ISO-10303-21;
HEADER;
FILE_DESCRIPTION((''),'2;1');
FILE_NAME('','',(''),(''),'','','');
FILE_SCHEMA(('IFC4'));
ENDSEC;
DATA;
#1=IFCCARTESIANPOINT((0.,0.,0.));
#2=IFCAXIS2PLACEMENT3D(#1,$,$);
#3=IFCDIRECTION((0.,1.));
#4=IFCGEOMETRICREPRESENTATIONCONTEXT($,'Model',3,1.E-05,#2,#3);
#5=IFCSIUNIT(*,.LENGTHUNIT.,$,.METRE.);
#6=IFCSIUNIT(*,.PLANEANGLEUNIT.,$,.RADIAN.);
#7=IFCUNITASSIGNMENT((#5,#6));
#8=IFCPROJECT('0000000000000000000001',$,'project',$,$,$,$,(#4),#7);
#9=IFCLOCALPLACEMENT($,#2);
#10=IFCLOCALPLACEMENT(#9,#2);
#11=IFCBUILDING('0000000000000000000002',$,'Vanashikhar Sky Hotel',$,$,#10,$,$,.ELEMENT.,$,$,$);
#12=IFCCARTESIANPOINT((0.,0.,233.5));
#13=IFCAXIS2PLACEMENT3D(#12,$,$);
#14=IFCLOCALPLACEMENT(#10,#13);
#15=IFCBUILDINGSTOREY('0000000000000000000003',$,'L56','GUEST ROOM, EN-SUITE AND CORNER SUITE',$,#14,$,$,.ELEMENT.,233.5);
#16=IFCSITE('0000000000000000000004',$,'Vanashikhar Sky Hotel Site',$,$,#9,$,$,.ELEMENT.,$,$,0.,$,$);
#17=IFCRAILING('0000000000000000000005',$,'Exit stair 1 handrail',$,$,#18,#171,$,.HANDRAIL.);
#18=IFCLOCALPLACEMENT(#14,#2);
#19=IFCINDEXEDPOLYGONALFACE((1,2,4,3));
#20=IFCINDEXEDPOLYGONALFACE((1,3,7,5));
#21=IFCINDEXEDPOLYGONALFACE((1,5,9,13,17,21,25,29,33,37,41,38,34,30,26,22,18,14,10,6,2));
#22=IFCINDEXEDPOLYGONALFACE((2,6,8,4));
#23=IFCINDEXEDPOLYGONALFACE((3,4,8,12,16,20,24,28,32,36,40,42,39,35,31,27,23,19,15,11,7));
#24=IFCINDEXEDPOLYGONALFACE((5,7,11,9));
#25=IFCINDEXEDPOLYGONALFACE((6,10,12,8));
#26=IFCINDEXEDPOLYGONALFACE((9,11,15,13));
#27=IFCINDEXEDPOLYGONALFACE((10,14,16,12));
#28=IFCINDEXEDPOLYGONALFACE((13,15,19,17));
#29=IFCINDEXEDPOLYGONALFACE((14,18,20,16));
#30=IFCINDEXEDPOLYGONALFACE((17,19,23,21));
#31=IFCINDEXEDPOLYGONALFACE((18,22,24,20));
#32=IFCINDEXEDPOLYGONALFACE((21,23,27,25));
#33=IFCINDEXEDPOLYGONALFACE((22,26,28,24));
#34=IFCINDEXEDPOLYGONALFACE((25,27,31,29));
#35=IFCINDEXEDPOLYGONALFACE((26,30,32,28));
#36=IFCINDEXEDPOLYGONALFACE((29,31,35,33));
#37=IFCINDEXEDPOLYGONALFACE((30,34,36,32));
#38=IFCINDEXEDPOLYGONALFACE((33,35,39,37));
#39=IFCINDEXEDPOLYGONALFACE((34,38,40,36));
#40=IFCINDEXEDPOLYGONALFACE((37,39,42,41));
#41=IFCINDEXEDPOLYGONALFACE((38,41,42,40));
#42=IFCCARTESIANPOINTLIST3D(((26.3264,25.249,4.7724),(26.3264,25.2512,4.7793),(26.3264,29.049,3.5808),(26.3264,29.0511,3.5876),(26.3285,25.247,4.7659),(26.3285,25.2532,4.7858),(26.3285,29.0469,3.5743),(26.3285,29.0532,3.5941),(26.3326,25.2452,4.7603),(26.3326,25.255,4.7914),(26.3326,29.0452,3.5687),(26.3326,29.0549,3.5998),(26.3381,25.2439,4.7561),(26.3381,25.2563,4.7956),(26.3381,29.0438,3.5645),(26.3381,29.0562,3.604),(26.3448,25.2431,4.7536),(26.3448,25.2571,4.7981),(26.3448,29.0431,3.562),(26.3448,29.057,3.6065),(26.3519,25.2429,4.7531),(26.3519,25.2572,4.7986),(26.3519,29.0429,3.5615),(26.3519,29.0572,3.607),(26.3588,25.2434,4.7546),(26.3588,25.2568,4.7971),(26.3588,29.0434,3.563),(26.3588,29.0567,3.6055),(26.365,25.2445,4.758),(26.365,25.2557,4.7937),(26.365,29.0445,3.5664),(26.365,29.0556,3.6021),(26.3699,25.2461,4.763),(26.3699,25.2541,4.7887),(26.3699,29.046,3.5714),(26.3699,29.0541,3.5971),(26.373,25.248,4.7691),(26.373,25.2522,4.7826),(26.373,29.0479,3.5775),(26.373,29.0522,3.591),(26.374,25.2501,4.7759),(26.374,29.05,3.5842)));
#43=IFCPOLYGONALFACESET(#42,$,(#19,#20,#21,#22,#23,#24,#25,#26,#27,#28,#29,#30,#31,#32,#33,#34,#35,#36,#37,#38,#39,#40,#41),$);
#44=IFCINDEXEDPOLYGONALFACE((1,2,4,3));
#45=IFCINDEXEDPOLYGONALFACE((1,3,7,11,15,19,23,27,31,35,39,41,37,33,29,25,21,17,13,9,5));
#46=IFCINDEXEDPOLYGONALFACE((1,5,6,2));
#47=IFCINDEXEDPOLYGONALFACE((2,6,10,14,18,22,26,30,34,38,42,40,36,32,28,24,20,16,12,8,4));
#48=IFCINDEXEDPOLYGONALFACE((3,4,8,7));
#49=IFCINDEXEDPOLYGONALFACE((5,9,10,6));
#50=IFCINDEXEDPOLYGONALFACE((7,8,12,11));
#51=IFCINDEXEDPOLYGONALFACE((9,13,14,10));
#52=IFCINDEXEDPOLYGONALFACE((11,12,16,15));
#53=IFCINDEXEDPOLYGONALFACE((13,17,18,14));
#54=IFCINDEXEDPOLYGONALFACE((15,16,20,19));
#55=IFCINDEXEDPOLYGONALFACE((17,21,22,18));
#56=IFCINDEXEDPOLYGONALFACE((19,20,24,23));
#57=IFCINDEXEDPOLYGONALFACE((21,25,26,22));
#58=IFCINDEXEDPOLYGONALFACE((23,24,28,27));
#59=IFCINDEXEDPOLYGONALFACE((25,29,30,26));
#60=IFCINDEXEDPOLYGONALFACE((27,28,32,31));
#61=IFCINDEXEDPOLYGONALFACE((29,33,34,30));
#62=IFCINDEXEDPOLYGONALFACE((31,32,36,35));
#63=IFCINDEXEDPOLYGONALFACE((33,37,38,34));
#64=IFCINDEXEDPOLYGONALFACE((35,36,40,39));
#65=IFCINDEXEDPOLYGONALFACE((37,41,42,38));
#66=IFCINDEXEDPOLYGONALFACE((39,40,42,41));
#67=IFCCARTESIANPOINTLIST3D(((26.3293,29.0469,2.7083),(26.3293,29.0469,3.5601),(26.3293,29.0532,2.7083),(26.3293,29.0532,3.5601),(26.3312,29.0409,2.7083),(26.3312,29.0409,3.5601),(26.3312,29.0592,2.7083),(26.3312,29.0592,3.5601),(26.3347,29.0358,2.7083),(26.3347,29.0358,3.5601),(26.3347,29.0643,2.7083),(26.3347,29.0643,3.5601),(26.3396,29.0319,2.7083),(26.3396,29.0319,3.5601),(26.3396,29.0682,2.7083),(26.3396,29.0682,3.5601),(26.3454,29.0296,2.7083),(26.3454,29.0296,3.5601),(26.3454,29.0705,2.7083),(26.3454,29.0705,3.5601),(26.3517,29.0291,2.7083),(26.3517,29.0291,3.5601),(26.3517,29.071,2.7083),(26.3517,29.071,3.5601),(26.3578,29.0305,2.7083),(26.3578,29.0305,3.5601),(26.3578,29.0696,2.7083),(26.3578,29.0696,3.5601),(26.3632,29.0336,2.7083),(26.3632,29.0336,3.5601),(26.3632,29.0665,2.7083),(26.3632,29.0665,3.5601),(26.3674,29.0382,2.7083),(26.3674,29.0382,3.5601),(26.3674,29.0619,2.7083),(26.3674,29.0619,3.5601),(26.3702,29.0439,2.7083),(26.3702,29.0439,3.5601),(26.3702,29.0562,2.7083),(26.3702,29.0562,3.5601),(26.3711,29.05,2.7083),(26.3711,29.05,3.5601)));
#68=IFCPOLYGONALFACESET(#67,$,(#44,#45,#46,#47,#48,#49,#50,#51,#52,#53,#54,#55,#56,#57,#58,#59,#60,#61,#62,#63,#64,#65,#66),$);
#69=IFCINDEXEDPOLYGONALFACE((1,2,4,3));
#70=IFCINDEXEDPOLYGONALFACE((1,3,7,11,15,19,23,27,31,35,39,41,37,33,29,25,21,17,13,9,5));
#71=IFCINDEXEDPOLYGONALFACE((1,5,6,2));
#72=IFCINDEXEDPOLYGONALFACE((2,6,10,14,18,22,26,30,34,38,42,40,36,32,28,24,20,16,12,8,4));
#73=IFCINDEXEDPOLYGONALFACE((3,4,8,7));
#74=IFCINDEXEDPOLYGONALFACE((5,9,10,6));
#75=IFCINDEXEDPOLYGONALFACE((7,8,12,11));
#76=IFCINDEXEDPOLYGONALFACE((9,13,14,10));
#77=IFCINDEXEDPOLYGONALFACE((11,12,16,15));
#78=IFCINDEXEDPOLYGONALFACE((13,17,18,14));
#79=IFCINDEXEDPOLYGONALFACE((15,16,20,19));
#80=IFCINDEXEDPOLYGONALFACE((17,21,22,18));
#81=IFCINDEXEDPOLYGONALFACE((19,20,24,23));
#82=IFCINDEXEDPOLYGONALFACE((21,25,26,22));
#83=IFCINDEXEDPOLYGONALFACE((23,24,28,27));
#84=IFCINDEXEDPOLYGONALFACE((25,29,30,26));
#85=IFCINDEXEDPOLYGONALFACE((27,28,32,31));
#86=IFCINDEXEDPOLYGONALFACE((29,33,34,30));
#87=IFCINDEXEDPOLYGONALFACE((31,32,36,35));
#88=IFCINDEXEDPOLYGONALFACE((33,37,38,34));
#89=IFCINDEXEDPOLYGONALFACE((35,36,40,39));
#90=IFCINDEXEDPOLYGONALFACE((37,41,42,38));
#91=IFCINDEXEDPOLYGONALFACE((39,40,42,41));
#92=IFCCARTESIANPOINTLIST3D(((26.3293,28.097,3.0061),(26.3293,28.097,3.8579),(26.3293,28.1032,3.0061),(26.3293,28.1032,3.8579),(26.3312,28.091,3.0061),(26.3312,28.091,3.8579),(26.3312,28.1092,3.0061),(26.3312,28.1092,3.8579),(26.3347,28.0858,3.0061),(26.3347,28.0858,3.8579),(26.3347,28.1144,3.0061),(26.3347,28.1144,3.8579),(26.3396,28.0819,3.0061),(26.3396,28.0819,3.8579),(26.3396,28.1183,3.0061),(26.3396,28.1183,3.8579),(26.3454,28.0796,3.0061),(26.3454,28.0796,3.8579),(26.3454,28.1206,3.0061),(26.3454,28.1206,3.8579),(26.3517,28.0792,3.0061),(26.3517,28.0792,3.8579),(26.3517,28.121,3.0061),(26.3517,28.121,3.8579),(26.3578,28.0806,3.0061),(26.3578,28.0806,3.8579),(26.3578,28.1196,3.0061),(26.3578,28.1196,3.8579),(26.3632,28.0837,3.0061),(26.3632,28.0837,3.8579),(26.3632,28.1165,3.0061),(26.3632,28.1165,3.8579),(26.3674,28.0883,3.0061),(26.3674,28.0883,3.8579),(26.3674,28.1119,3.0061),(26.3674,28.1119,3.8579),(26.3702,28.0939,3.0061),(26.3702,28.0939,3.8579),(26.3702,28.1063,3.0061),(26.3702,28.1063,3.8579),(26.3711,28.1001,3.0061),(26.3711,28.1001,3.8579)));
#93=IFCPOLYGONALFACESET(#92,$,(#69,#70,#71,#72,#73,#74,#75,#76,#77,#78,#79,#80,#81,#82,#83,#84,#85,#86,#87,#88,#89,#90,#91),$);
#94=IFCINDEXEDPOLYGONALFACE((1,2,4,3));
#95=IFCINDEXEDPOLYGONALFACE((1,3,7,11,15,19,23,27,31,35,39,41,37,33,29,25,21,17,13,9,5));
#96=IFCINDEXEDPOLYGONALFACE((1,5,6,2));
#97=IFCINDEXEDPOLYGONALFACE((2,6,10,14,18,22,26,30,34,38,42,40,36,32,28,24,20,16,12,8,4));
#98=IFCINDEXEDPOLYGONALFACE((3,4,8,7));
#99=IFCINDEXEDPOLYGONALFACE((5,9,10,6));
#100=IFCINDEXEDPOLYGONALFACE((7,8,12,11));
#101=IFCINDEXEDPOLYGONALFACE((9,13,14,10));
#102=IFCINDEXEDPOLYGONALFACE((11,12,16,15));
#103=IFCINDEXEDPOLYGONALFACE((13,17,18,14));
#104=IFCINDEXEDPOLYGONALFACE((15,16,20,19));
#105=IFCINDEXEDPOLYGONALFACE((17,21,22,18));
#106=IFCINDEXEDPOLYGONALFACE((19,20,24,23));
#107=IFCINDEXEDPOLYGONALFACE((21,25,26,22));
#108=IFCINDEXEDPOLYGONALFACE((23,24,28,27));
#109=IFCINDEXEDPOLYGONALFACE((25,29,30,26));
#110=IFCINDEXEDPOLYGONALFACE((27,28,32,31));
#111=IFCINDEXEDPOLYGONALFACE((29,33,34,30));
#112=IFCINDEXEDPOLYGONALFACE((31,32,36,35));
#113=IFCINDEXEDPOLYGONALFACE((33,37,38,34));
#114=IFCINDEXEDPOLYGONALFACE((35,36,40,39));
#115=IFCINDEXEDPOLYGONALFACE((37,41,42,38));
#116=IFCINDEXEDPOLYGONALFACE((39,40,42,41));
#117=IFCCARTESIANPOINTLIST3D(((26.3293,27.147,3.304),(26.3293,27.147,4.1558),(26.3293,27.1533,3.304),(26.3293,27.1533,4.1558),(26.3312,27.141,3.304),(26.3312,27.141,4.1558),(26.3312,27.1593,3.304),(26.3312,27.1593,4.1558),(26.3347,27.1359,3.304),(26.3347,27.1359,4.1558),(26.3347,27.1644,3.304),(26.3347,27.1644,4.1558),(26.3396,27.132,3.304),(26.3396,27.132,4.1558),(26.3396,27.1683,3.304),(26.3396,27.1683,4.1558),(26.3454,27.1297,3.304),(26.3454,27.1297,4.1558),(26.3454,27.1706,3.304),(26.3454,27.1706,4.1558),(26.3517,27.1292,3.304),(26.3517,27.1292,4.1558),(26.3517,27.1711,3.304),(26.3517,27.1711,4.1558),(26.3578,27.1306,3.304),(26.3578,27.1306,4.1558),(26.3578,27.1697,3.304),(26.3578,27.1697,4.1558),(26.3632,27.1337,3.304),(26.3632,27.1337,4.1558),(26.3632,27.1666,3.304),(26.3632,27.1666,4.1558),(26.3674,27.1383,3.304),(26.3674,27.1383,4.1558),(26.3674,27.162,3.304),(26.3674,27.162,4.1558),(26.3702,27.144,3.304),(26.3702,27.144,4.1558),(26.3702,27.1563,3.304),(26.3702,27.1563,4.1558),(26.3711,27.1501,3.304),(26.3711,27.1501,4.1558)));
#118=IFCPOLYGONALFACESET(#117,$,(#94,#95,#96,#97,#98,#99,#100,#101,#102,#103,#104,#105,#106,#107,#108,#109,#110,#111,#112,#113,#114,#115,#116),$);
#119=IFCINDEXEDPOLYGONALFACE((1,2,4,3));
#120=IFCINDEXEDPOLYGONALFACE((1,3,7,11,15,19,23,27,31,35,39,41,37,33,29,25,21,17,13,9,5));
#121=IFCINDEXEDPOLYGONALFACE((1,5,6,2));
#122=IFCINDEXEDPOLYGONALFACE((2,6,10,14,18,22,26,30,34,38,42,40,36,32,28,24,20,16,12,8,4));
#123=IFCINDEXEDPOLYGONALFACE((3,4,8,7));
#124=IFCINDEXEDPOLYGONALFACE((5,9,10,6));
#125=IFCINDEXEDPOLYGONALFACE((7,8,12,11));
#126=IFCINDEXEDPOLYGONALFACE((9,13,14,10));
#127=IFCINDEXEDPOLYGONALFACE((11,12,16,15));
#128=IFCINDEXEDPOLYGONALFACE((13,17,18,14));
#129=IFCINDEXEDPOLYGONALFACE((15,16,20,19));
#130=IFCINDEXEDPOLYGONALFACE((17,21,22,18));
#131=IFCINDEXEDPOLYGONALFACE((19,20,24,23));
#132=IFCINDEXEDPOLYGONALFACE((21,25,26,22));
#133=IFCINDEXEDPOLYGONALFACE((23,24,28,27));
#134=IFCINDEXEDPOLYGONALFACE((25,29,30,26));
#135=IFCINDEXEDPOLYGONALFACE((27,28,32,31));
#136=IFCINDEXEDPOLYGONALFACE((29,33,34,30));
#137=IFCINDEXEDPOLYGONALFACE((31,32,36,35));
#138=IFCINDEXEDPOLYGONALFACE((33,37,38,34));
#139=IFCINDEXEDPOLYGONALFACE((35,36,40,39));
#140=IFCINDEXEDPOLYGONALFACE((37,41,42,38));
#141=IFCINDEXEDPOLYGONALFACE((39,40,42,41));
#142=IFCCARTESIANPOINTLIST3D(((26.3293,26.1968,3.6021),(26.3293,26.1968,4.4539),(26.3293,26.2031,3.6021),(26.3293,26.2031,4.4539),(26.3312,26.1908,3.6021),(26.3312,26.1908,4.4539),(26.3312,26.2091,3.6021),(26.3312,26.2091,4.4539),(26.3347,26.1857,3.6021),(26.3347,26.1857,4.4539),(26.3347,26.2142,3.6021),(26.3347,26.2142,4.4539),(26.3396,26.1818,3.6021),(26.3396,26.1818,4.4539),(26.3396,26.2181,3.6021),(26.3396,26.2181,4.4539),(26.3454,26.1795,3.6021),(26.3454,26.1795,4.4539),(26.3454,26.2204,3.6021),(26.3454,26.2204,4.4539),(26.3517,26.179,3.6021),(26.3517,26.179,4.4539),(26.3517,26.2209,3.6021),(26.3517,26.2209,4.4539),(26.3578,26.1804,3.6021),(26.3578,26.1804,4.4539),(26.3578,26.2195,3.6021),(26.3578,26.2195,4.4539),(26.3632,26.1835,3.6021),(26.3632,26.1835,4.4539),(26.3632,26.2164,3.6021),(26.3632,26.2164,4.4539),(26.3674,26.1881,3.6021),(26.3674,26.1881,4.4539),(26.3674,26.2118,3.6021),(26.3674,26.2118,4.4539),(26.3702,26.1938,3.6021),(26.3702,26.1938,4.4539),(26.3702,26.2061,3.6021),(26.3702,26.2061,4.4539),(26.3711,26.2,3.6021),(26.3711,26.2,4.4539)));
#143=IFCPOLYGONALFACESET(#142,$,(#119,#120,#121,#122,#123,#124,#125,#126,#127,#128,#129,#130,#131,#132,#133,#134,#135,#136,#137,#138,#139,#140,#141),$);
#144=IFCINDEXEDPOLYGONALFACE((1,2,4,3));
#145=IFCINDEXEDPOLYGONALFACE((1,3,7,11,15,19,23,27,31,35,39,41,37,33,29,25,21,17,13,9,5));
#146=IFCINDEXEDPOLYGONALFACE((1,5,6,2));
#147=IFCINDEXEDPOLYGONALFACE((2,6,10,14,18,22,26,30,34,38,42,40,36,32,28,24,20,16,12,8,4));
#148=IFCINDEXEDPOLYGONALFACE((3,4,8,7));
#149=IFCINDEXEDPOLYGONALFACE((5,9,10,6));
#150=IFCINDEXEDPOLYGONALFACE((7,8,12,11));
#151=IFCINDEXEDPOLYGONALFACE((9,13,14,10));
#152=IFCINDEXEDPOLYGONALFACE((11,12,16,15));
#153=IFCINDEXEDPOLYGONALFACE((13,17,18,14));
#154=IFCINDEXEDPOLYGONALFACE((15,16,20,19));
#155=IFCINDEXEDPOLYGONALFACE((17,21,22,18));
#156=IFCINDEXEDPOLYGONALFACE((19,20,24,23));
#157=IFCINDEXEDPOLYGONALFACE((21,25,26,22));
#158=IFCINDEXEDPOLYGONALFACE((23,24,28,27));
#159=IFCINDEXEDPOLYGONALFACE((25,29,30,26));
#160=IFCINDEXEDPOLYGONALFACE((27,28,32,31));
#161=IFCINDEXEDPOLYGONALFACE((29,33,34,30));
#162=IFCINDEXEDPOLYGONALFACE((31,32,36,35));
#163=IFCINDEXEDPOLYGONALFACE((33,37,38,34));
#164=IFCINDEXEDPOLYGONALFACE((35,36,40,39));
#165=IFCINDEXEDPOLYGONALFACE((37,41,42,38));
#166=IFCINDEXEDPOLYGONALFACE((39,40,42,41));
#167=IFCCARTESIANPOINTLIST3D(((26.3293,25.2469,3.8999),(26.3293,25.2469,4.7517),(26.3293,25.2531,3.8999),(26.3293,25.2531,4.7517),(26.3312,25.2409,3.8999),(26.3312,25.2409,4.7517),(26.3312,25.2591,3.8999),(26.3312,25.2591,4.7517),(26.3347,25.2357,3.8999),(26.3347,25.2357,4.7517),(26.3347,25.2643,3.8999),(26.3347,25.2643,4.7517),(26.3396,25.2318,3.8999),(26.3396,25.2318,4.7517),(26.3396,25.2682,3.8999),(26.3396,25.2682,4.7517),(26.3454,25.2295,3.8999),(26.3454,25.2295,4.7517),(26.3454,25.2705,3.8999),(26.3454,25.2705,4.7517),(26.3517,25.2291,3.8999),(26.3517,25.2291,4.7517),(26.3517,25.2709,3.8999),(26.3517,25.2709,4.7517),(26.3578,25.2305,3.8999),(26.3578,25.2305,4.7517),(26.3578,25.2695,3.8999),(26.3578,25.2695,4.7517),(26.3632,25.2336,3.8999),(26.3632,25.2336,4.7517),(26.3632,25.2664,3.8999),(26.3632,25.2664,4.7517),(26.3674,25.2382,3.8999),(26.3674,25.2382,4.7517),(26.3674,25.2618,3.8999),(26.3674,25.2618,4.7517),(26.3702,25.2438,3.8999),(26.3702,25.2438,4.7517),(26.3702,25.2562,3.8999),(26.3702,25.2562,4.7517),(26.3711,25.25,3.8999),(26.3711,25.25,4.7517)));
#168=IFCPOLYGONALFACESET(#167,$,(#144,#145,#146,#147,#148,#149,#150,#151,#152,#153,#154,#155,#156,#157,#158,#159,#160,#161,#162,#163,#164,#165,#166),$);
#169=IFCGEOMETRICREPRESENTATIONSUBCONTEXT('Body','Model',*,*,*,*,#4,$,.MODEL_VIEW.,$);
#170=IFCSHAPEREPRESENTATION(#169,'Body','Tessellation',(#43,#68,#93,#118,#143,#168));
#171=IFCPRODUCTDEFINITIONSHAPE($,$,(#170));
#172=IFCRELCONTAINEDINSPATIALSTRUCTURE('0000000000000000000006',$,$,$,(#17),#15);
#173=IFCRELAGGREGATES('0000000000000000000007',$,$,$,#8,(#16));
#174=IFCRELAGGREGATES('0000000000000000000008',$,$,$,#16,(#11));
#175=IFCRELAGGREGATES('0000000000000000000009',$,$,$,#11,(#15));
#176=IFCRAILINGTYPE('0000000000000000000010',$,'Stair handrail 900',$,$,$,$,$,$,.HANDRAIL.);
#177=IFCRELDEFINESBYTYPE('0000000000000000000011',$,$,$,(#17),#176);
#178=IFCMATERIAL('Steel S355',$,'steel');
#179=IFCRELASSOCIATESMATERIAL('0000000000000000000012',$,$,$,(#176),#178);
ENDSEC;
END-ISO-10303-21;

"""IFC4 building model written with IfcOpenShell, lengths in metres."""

from ifc_helpers import new_model, si_unit, direction, frame, origin, origin_2d, place, context, subcontext, project, spatial, circle, extrude, source, transform, mapped, material, type_object, element, save


model = new_model("IFC4")

# Units and contexts
model_context = context("Model", 3, precision=1e-05, world=origin(), true_north=direction((0.0, 1.0)))
body_context = subcontext(model_context, "Body", "Model", "MODEL_VIEW")
ifc_project = project(units=[si_unit("LENGTHUNIT", "METRE"), si_unit("PLANEANGLEUNIT", "RADIAN")], contexts=[model_context])

# Site, building, storey
site_placement = place(None, origin())
site = spatial("IfcSite", under=ifc_project, at=site_placement, Name="Vanashikhar Sky Hotel Site", CompositionType="ELEMENT", RefElevation=0.0)
building_placement = place(site_placement, origin())
building = spatial("IfcBuilding", under=site, at=building_placement, Name="Vanashikhar Sky Hotel", CompositionType="ELEMENT")
storey_placement = place(building_placement, frame((0.0, 0.0, 233.5)))
storey = spatial("IfcBuildingStorey", under=building, at=storey_placement, Name="L56", Description="GUEST ROOM, EN-SUITE AND CORNER SUITE", CompositionType="ELEMENT", Elevation=233.5)

# Railing
ifc_material_1 = material(Name="Steel S355", Category="steel")
railing_type = type_object("IfcRailingType", Name="Stair handrail 900", PredefinedType="HANDRAIL", material=ifc_material_1)
shared_shape_1 = source(origin(), body_context, "Body", "SweptSolid", [
    extrude(circle(Radius=0.0239, at=origin_2d()), frame((0.0, 0.0, 0.876), z_axis=(0.0, -0.954184, 0.299221), x_axis=(1.0, 0.0, 0.0)), (0.0, 0.0, 1.0), 3.9824),
    extrude(circle(Radius=0.021, at=origin_2d()), origin(), (0.0, 0.0, 1.0), 0.8518),
    extrude(circle(Radius=0.021, at=origin_2d()), frame((0.0, -0.95, 0.2979)), (0.0, 0.0, 1.0), 0.8518),
    extrude(circle(Radius=0.021, at=origin_2d()), frame((0.0, -1.8999, 0.5957)), (0.0, 0.0, 1.0), 0.8518),
    extrude(circle(Radius=0.021, at=origin_2d()), frame((0.0, -2.8501, 0.8938)), (0.0, 0.0, 1.0), 0.8518),
    extrude(circle(Radius=0.021, at=origin_2d()), frame((0.0, -3.8, 1.1917)), (0.0, 0.0, 1.0), 0.8518),
])
for number, where, name in (
    (1, (26.3501, 29.05, 2.7083), "Exit stair 1 handrail"),
):
    element("IfcRailing", number, at=place(storey_placement, frame(where)), inside=storey, type_object=railing_type, Name=name, PredefinedType="HANDRAIL", context=body_context, shape_type="MappedRepresentation", body=[
        mapped(shared_shape_1, transform((0.0, 0.0, 0.0), scale=1.0)),
    ])

save(model, "model.ifc")
